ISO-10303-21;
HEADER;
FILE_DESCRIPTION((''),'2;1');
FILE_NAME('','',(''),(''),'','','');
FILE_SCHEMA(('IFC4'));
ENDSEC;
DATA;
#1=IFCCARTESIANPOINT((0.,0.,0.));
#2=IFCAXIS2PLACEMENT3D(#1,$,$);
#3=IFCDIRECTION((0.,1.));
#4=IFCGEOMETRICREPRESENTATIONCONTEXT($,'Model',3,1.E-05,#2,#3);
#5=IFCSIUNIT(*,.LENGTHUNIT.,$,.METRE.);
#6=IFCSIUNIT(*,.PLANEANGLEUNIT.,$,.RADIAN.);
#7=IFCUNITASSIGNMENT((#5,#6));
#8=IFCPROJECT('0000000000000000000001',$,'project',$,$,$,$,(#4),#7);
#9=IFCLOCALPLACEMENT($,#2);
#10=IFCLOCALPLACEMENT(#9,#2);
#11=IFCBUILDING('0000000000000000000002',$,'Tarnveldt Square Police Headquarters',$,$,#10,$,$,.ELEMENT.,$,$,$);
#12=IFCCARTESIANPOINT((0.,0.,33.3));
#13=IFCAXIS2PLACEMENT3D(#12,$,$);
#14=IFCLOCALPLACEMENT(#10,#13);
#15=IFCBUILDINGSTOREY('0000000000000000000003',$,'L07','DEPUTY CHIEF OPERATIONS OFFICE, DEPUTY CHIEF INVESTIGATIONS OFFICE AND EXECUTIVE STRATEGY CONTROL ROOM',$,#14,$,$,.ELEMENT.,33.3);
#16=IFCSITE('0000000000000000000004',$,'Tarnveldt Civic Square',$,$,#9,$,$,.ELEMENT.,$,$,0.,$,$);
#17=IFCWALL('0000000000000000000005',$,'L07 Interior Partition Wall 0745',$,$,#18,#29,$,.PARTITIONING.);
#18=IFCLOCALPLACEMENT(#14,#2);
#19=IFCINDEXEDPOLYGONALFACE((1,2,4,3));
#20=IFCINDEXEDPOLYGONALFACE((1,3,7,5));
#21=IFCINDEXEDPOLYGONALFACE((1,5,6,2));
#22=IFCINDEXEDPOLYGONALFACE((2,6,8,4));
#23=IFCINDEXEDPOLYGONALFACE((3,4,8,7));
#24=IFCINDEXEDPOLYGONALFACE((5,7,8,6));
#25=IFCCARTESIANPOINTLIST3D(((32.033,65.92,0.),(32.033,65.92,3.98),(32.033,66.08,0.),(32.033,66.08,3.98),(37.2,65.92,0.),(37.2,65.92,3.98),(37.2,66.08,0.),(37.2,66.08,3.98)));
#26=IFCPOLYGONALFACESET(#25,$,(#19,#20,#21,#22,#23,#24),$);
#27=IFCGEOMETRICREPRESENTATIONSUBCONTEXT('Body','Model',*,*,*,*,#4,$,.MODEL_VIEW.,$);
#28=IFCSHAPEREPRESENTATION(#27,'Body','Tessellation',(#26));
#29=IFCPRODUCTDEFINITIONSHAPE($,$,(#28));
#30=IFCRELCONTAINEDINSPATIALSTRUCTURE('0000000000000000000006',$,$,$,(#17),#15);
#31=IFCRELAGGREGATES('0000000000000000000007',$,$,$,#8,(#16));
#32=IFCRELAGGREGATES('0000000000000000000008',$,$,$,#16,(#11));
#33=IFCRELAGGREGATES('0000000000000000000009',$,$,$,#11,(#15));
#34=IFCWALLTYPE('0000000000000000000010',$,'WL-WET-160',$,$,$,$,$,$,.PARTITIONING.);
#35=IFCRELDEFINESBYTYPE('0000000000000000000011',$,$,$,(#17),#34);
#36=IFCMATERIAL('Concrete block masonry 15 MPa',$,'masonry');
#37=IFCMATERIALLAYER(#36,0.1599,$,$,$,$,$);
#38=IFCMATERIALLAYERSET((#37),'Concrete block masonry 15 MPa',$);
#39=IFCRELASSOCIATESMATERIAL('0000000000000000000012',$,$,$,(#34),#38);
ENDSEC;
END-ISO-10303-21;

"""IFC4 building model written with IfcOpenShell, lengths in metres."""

from ifc_helpers import new_model, si_unit, direction, frame, frame_2d, origin, place, context, subcontext, project, spatial, rectangle, extrude, material, layer, layer_set, type_object, element, save


model = new_model("IFC4")

# Units and contexts
model_context = context("Model", 3, precision=1e-05, world=origin(), true_north=direction((0.0, 1.0)))
body_context = subcontext(model_context, "Body", "Model", "MODEL_VIEW")
ifc_project = project(units=[si_unit("LENGTHUNIT", "METRE"), si_unit("PLANEANGLEUNIT", "RADIAN")], contexts=[model_context])

# Site, building, storey
site_placement = place(None, origin())
site = spatial("IfcSite", under=ifc_project, at=site_placement, Name="Tarnveldt Civic Square", CompositionType="ELEMENT", RefElevation=0.0)
building_placement = place(site_placement, origin())
building = spatial("IfcBuilding", under=site, at=building_placement, Name="Tarnveldt Square Police Headquarters", CompositionType="ELEMENT")
storey_placement = place(building_placement, frame((0.0, 0.0, 33.3)))
storey = spatial("IfcBuildingStorey", under=building, at=storey_placement, Name="L07", Description="DEPUTY CHIEF OPERATIONS OFFICE, DEPUTY CHIEF INVESTIGATIONS OFFICE AND EXECUTIVE STRATEGY CONTROL ROOM", CompositionType="ELEMENT", Elevation=33.3)

# Wall
ifc_material_1 = material(Name="Concrete block masonry 15 MPa", Category="masonry")
ifc_layer_1 = layer(ifc_material_1, 0.1599)
ifc_layer_set_1 = layer_set([ifc_layer_1], Name="Concrete block masonry 15 MPa")
wall_type_1 = type_object("IfcWallType", Name="WL-WET-160", PredefinedType="PARTITIONING", material=ifc_layer_set_1)
wall_1_placement = place(storey_placement, frame((32.033, 66.0, 0.0), z_axis=(0.0, 0.0, 1.0), x_axis=(1.0, 0.0, 0.0)))
element("IfcWall", 1, at=wall_1_placement, inside=storey, type_object=wall_type_1, Name="L07 Interior Partition Wall 0745", PredefinedType="PARTITIONING", context=body_context, shape_type="SweptSolid", body=[
    extrude(rectangle(XDim=5.167, YDim=0.1599, at=frame_2d((2.5835, 0.0))), origin(), (0.0, 0.0, 1.0), 3.98),
])

save(model, "model.ifc")
